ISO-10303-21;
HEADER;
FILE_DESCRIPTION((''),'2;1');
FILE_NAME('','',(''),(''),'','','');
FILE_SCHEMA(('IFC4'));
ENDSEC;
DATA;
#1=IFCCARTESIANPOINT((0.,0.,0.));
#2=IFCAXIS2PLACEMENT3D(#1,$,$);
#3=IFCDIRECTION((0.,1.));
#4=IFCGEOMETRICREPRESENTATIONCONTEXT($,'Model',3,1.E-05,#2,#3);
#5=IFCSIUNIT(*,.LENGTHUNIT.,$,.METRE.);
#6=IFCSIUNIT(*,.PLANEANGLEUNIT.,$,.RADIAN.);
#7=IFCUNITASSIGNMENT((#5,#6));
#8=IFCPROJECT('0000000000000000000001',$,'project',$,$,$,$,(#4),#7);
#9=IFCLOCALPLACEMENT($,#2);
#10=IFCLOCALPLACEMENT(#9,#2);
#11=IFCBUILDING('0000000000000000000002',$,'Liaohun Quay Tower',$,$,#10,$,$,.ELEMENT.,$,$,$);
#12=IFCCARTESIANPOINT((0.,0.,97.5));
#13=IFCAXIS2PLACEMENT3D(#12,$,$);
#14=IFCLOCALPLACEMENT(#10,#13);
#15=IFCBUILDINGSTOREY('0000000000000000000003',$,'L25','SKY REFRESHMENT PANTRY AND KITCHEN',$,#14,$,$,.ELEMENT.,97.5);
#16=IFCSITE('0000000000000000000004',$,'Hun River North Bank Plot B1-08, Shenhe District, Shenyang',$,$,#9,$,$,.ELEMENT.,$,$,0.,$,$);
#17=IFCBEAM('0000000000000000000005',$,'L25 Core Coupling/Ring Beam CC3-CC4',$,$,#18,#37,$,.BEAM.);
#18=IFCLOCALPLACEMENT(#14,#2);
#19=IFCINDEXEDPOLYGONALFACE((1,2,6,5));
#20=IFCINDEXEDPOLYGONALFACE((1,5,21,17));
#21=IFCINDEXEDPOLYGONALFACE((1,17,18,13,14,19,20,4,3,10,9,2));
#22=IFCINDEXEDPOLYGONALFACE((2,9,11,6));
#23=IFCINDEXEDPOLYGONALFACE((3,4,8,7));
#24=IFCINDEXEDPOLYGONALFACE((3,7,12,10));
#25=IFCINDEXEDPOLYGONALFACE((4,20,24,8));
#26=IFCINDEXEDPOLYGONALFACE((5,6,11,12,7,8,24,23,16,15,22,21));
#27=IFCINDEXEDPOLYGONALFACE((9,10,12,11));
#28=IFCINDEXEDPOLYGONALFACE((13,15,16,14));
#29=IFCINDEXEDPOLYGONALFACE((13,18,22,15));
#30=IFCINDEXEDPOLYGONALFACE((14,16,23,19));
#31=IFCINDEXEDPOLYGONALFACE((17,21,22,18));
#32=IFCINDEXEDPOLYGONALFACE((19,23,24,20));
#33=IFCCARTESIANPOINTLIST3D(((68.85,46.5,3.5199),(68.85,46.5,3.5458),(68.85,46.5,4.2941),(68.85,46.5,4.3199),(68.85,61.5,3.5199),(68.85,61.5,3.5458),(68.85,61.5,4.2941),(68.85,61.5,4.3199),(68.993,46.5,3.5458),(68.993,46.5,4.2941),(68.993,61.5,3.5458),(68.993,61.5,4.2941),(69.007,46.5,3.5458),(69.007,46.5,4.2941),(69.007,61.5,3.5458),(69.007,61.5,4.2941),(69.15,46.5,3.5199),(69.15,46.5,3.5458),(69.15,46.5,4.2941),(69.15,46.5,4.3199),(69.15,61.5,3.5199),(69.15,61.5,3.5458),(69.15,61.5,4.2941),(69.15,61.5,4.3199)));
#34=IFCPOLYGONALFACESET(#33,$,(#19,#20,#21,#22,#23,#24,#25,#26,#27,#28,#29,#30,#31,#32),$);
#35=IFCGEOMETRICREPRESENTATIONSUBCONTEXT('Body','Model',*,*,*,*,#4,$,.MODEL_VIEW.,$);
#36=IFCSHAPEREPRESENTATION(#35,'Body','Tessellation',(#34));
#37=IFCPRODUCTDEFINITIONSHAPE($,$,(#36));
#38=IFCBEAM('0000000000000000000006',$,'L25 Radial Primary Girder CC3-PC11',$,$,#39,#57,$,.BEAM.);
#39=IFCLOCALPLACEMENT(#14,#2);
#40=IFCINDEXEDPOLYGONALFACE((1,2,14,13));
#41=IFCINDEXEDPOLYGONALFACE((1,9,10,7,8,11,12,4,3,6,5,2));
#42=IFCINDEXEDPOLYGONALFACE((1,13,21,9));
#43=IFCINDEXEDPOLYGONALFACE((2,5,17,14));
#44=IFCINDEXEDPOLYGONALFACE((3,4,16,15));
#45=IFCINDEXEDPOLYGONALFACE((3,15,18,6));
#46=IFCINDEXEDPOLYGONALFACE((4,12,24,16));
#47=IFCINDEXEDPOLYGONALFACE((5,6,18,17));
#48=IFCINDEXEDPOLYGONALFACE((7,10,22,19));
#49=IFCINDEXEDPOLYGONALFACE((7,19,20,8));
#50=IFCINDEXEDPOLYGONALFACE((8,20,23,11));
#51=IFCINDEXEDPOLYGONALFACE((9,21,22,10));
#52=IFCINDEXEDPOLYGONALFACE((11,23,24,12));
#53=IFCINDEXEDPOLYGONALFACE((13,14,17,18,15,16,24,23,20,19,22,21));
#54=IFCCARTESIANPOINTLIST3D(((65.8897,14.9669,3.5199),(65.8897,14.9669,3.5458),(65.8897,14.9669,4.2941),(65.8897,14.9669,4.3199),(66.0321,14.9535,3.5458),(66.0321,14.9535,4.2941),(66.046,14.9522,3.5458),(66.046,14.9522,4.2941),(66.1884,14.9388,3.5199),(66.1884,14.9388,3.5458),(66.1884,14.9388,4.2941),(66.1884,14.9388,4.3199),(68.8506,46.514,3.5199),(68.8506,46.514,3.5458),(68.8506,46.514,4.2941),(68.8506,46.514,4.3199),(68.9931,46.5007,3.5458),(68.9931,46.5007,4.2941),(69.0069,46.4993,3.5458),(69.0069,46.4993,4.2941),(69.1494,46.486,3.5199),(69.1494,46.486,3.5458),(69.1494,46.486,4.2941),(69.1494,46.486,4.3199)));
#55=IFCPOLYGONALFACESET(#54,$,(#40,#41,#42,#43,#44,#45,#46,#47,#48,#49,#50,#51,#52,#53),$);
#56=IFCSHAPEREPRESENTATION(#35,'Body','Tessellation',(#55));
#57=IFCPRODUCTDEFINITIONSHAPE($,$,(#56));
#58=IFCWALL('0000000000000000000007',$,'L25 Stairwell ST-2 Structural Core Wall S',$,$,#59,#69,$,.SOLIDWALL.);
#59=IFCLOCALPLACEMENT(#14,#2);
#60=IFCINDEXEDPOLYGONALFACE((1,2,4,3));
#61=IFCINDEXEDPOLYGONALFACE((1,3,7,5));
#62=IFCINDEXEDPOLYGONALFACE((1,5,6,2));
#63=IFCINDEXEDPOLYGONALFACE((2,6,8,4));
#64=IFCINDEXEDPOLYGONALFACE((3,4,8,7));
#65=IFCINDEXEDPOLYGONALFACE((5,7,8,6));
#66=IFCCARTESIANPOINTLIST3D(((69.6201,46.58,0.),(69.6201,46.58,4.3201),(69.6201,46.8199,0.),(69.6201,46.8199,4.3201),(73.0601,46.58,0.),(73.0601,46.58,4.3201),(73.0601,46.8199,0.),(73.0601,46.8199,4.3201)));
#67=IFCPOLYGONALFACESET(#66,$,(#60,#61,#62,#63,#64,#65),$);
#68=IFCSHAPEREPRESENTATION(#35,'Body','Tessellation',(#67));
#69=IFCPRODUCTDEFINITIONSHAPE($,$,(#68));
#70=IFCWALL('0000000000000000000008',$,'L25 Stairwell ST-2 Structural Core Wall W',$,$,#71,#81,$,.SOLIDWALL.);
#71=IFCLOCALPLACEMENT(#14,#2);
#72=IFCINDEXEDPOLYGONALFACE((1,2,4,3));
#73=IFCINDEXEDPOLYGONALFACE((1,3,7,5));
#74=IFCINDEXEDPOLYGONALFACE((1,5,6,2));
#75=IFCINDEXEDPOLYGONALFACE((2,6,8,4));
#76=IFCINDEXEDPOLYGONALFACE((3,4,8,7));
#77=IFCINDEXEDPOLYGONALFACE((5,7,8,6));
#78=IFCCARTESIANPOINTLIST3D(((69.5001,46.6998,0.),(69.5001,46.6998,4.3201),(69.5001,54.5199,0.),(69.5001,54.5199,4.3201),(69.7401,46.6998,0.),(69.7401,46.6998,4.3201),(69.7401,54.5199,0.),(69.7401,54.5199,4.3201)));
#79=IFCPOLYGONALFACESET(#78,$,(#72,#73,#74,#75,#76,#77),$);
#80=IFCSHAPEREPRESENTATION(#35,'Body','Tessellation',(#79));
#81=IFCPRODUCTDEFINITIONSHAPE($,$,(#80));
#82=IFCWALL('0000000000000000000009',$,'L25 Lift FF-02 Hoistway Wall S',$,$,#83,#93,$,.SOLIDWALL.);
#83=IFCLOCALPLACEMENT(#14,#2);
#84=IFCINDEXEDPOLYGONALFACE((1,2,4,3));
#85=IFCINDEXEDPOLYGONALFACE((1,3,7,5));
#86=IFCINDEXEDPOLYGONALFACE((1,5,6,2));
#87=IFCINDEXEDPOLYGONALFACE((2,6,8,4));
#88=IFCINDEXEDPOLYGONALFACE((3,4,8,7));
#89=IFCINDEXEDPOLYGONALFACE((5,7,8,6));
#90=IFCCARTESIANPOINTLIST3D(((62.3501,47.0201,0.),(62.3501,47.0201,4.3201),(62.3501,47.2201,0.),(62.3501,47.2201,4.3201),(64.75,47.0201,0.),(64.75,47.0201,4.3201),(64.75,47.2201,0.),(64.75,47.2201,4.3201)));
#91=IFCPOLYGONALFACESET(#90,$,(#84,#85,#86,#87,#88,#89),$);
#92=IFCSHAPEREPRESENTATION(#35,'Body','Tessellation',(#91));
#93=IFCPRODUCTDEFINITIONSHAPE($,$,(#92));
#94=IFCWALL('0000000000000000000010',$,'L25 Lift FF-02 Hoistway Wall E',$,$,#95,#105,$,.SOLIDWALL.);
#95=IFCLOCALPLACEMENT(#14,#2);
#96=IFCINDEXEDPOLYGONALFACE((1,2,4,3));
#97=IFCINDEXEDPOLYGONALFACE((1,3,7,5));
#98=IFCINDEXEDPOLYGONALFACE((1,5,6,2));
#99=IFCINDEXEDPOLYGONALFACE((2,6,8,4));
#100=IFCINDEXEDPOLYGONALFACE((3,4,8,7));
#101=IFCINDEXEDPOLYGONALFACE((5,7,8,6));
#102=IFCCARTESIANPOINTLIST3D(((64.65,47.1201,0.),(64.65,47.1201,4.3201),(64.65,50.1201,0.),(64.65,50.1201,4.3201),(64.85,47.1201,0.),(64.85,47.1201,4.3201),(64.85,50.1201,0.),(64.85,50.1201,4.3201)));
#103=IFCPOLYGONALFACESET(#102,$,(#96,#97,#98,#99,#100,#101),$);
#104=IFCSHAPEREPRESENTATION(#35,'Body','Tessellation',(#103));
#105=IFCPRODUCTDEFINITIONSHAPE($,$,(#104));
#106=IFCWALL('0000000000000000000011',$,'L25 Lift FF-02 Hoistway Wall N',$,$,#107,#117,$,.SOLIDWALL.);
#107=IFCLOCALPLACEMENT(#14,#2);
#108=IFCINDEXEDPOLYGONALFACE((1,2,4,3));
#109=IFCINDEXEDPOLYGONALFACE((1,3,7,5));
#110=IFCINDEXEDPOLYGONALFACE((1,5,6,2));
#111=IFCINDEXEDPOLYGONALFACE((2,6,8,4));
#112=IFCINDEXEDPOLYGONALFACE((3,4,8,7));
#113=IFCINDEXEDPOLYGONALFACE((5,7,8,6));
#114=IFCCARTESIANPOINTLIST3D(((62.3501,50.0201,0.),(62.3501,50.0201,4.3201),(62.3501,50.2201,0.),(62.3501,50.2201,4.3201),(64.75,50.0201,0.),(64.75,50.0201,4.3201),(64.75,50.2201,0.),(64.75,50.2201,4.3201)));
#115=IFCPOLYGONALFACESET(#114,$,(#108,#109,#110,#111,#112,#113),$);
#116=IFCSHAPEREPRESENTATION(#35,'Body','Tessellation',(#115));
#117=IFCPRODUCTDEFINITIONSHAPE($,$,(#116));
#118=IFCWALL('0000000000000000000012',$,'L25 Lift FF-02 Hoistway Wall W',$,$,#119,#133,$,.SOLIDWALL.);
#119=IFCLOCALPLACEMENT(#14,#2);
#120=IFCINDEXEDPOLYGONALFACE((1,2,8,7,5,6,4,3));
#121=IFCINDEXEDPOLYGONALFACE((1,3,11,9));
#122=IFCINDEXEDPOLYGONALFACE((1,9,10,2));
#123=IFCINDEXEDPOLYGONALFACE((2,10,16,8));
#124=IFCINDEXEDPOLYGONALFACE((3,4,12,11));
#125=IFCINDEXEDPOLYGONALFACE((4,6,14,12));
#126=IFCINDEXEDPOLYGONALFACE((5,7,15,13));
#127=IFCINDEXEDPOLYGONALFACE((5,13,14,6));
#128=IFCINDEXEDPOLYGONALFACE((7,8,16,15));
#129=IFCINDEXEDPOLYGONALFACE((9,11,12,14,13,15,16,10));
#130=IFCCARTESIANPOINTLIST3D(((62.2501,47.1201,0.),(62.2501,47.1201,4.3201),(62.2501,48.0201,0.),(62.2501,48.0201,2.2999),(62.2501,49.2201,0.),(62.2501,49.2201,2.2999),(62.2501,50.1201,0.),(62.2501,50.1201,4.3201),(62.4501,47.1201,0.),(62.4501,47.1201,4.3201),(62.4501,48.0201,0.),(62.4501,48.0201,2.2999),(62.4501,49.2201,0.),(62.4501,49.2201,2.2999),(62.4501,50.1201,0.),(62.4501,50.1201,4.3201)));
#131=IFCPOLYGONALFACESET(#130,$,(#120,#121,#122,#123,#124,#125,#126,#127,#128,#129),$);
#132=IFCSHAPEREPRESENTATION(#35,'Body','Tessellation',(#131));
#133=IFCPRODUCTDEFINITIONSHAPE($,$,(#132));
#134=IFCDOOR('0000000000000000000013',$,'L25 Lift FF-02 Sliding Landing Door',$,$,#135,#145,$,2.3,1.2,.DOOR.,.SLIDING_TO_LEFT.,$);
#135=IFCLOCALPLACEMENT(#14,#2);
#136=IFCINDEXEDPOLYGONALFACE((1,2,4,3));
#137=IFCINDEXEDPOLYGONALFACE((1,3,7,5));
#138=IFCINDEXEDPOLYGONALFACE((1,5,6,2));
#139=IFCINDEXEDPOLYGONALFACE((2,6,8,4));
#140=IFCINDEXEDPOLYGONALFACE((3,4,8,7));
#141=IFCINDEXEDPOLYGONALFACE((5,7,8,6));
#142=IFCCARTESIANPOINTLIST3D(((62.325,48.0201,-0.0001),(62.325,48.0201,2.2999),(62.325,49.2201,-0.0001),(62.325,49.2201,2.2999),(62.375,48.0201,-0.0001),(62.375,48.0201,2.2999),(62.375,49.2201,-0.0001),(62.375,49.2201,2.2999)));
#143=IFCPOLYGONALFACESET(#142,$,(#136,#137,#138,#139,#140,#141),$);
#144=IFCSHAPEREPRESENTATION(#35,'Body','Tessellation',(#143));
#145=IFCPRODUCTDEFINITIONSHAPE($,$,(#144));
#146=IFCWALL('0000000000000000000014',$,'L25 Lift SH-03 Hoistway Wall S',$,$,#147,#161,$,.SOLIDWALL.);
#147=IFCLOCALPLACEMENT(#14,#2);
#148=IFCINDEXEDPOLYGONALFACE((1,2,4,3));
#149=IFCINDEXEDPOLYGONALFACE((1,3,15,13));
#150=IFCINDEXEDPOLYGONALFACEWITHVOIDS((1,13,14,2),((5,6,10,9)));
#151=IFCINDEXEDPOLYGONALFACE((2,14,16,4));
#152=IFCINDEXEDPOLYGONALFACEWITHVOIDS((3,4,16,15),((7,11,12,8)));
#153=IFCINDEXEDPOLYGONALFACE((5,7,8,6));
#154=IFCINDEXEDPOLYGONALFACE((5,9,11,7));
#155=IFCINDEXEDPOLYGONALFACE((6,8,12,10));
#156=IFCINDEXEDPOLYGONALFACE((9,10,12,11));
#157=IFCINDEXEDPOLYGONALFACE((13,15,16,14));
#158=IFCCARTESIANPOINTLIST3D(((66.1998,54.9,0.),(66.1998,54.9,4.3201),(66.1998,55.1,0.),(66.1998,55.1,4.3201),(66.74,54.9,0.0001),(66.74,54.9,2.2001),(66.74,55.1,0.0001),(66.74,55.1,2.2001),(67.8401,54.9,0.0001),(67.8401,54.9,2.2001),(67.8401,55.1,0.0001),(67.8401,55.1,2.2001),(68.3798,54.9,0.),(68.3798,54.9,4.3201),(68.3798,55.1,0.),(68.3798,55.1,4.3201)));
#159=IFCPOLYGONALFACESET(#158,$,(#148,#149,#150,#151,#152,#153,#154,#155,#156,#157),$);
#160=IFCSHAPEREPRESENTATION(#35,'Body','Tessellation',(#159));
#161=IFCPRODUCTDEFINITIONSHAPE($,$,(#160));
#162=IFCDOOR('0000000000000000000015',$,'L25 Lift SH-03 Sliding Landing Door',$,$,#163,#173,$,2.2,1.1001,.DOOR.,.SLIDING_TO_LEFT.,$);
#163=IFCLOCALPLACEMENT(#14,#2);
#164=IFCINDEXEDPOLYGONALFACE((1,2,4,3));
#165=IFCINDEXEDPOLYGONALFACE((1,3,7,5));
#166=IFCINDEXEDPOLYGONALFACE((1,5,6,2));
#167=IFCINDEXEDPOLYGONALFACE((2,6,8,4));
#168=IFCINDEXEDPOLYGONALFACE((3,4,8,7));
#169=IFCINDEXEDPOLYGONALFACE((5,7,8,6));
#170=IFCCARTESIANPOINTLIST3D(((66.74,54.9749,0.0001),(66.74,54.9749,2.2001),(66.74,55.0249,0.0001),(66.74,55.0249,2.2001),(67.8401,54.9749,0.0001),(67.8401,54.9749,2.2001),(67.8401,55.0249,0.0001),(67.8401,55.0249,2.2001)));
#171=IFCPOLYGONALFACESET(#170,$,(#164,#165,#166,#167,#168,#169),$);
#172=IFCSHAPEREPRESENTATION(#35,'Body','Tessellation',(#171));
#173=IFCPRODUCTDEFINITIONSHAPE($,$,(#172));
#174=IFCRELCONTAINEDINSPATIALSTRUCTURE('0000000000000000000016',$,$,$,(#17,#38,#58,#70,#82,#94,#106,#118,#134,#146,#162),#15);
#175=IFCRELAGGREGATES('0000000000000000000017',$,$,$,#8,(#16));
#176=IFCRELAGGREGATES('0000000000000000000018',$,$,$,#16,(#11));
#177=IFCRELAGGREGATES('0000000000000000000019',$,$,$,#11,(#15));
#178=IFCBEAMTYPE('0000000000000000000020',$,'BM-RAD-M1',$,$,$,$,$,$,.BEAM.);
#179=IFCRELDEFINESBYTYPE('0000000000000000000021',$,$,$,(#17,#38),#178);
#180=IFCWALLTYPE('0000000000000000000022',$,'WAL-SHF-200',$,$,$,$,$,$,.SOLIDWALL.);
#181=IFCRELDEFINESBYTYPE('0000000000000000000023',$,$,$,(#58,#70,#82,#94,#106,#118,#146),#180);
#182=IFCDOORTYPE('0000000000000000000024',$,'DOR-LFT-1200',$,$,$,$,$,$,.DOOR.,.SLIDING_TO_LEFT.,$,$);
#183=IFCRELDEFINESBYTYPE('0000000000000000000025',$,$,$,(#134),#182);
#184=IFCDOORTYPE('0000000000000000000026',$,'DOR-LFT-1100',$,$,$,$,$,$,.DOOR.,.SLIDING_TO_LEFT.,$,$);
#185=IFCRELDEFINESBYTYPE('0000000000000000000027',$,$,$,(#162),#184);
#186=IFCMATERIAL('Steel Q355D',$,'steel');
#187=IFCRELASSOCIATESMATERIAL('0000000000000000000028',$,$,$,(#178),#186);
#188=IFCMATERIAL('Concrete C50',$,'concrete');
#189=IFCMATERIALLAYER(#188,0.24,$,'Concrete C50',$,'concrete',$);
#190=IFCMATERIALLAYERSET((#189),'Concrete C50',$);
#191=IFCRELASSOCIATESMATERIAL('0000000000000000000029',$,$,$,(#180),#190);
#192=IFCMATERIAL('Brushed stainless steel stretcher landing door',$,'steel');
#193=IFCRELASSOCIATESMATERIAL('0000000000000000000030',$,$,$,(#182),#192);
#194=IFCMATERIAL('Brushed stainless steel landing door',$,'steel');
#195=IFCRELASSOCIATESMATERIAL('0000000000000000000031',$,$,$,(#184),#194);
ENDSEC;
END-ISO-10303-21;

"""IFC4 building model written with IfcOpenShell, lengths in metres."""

from ifc_helpers import new_model, si_unit, direction, frame, frame_2d, origin, origin_2d, place, context, subcontext, project, spatial, rectangle, i_section, extrude, source, transform, mapped, material, layer, layer_set, material_profile, profile_set, type_object, element, fill, save


model = new_model("IFC4")

# Units and contexts
model_context = context("Model", 3, precision=1e-05, world=origin(), true_north=direction((0.0, 1.0)))
body_context = subcontext(model_context, "Body", "Model", "MODEL_VIEW")
ifc_project = project(units=[si_unit("LENGTHUNIT", "METRE"), si_unit("PLANEANGLEUNIT", "RADIAN")], contexts=[model_context])

# Site, building, storey
site_placement = place(None, origin())
site = spatial("IfcSite", under=ifc_project, at=site_placement, Name="Hun River North Bank Plot B1-08, Shenhe District, Shenyang", CompositionType="ELEMENT", RefElevation=0.0)
building_placement = place(site_placement, origin())
building = spatial("IfcBuilding", under=site, at=building_placement, Name="Liaohun Quay Tower", CompositionType="ELEMENT")
storey_placement = place(building_placement, frame((0.0, 0.0, 97.5)))
storey = spatial("IfcBuildingStorey", under=building, at=storey_placement, Name="L25", Description="SKY REFRESHMENT PANTRY AND KITCHEN", CompositionType="ELEMENT", Elevation=97.5)

# Beams
ifc_material_1 = material(Name="Steel Q355D", Category="steel")
ifc_material_profile = material_profile(ifc_material_1, i_section(OverallWidth=0.3, OverallDepth=0.8, WebThickness=0.0139, FlangeThickness=0.0259, at=origin_2d()), Name="HN800x300x14x26")
ifc_profile_set = profile_set([ifc_material_profile], Name="Steel Q355D")
beam_type = type_object("IfcBeamType", Name="BM-RAD-M1", PredefinedType="BEAM", material=ifc_profile_set)
shared_shape_1 = source(origin(), body_context, "Body", "SweptSolid", [
    extrude(i_section(OverallWidth=0.3, OverallDepth=0.8, WebThickness=0.0139, FlangeThickness=0.0259, at=origin_2d()), origin(), (0.0, 0.0, 1.0), 15.0),
])
beam_1_placement = place(storey_placement, frame((69.0, 46.5, 3.9199), z_axis=(0.0, 1.0, 0.0), x_axis=(-1.0, 0.0, 0.0)))
element("IfcBeam", 1, at=beam_1_placement, inside=storey, type_object=beam_type, Name="L25 Core Coupling/Ring Beam CC3-CC4", PredefinedType="BEAM", context=body_context, shape_type="MappedRepresentation", body=[
    mapped(shared_shape_1, transform((0.0, 0.0, 0.0), x_axis=(1.0, 0.0, 0.0), y_axis=(0.0, 1.0, 0.0), z_axis=(0.0, 0.0, 1.0), scale=1.0)),
])
shared_shape_2 = source(origin(), body_context, "Body", "SweptSolid", [
    extrude(i_section(OverallWidth=0.3, OverallDepth=0.8, WebThickness=0.0139, FlangeThickness=0.0259, at=origin_2d()), origin(), (0.0, 0.0, 1.0), 31.6858),
])
beam_2_placement = place(storey_placement, frame((69.0, 46.5, 3.9199), z_axis=(-0.093447, -0.995624, 0.0), x_axis=(0.995624, -0.093447, 0.0)))
element("IfcBeam", 2, at=beam_2_placement, inside=storey, type_object=beam_type, Name="L25 Radial Primary Girder CC3-PC11", PredefinedType="BEAM", context=body_context, shape_type="MappedRepresentation", body=[
    mapped(shared_shape_2, transform((0.0, 0.0, 0.0), x_axis=(1.0, 0.0, 0.0), y_axis=(0.0, 1.0, 0.0), z_axis=(0.0, 0.0, 1.0), scale=1.0)),
])

# Walls
ifc_material_2 = material(Name="Concrete C50", Category="concrete")
ifc_layer = layer(ifc_material_2, 0.24, Name="Concrete C50", Category="concrete")
ifc_layer_set = layer_set([ifc_layer], Name="Concrete C50")
wall_type = type_object("IfcWallType", Name="WAL-SHF-200", PredefinedType="SOLIDWALL", material=ifc_layer_set)
wall_1_placement = place(storey_placement, frame((69.6201, 46.7, 0.0), z_axis=(0.0, 0.0, 1.0), x_axis=(1.0, 0.0, 0.0)))
element("IfcWall", 3, at=wall_1_placement, inside=storey, type_object=wall_type, Name="L25 Stairwell ST-2 Structural Core Wall S", PredefinedType="SOLIDWALL", context=body_context, shape_type="SweptSolid", body=[
    extrude(rectangle(XDim=3.4399, YDim=0.24, at=frame_2d((1.72, 0.0))), origin(), (0.0, 0.0, 1.0), 4.3201),
])
wall_2_placement = place(storey_placement, frame((69.6201, 54.52, 0.0), z_axis=(0.0, 0.0, 1.0), x_axis=(0.0, -1.0, 0.0)))
element("IfcWall", 4, at=wall_2_placement, inside=storey, type_object=wall_type, Name="L25 Stairwell ST-2 Structural Core Wall W", PredefinedType="SOLIDWALL", context=body_context, shape_type="SweptSolid", body=[
    extrude(rectangle(XDim=7.8201, YDim=0.24, at=frame_2d((3.9102, 0.0))), origin(), (0.0, 0.0, 1.0), 4.3201),
])
wall_3_placement = place(storey_placement, frame((62.3501, 47.1201, 0.0), z_axis=(0.0, 0.0, 1.0), x_axis=(1.0, 0.0, 0.0)))
element("IfcWall", 5, at=wall_3_placement, inside=storey, type_object=wall_type, Name="L25 Lift FF-02 Hoistway Wall S", PredefinedType="SOLIDWALL", context=body_context, shape_type="SweptSolid", body=[
    extrude(rectangle(XDim=2.3999, YDim=0.2, at=frame_2d((1.2, 0.0))), origin(), (0.0, 0.0, 1.0), 4.3201),
])
wall_4_placement = place(storey_placement, frame((64.75, 47.1201, 0.0), z_axis=(0.0, 0.0, 1.0), x_axis=(0.0, 1.0, 0.0)))
element("IfcWall", 6, at=wall_4_placement, inside=storey, type_object=wall_type, Name="L25 Lift FF-02 Hoistway Wall E", PredefinedType="SOLIDWALL", context=body_context, shape_type="SweptSolid", body=[
    extrude(rectangle(XDim=3.0, YDim=0.2, at=frame_2d((1.5, 0.0))), origin(), (0.0, 0.0, 1.0), 4.3201),
])
wall_5_placement = place(storey_placement, frame((64.75, 50.1201, 0.0), z_axis=(0.0, 0.0, 1.0), x_axis=(-1.0, 0.0, 0.0)))
element("IfcWall", 7, at=wall_5_placement, inside=storey, type_object=wall_type, Name="L25 Lift FF-02 Hoistway Wall N", PredefinedType="SOLIDWALL", context=body_context, shape_type="SweptSolid", body=[
    extrude(rectangle(XDim=2.3999, YDim=0.2, at=frame_2d((1.2, 0.0))), origin(), (0.0, 0.0, 1.0), 4.3201),
])

# Walls, openings, doors
wall_6_placement = place(storey_placement, frame((62.3501, 50.1201, 0.0), z_axis=(0.0, 0.0, 1.0), x_axis=(0.0, -1.0, 0.0)))
wall_6 = element("IfcWall", 8, at=wall_6_placement, inside=storey, type_object=wall_type, Name="L25 Lift FF-02 Hoistway Wall W", PredefinedType="SOLIDWALL", context=body_context, shape_type="SweptSolid", body=[
    extrude(rectangle(XDim=3.0, YDim=0.2, at=frame_2d((1.5, 0.0))), origin(), (0.0, 0.0, 1.0), 4.3201),
])
shared_shape_3 = source(origin(), body_context, "Body", "SweptSolid", [
    extrude(rectangle(XDim=1.2, YDim=2.3, at=frame_2d((0.6001, 1.1499))), frame((0.0, 0.1099, 0.0), z_axis=(0.0, -1.0, 0.0), x_axis=(1.0, 0.0, 0.0)), (0.0, 0.0, 1.0), 0.22),
])
opening_1_placement = place(wall_6_placement, frame((0.8999, 0.0, 0.0)))
opening_1 = element("IfcOpeningElement", 9, at=opening_1_placement, cuts=wall_6, PredefinedType="OPENING", context=body_context, shape_type="MappedRepresentation", body=[
    mapped(shared_shape_3, transform((0.0, 0.0, 0.0), x_axis=(1.0, 0.0, 0.0), y_axis=(0.0, 1.0, 0.0), z_axis=(0.0, 0.0, 1.0), scale=1.0)),
])
ifc_material_3 = material(Name="Brushed stainless steel stretcher landing door", Category="steel")
door_type_1 = type_object("IfcDoorType", Name="DOR-LFT-1200", OperationType="SLIDING_TO_LEFT", PredefinedType="DOOR", material=ifc_material_3)
shared_shape_4 = source(origin(), body_context, "Body", "SweptSolid", [
    extrude(rectangle(XDim=1.2, YDim=2.3, at=frame_2d((0.6001, 1.1499))), frame((0.0, 0.0249, 0.0), z_axis=(0.0, -1.0, 0.0), x_axis=(1.0, 0.0, 0.0)), (0.0, 0.0, 1.0), 0.05),
])
door_1_placement = place(opening_1_placement, origin())
door_1 = element("IfcDoor", 10, at=door_1_placement, inside=storey, type_object=door_type_1, Name="L25 Lift FF-02 Sliding Landing Door", OperationType="SLIDING_TO_LEFT", OverallHeight=2.3, OverallWidth=1.2, PredefinedType="DOOR", context=body_context, shape_type="MappedRepresentation", body=[
    mapped(shared_shape_4, transform((0.0, 0.0, 0.0), x_axis=(1.0, 0.0, 0.0), y_axis=(0.0, 1.0, 0.0), z_axis=(0.0, 0.0, 1.0), scale=1.0)),
])
fill(opening_1, door_1)
wall_7_placement = place(storey_placement, frame((66.2, 55.0, 0.0), z_axis=(0.0, 0.0, 1.0), x_axis=(1.0, 0.0, 0.0)))
wall_7 = element("IfcWall", 11, at=wall_7_placement, inside=storey, type_object=wall_type, Name="L25 Lift SH-03 Hoistway Wall S", PredefinedType="SOLIDWALL", context=body_context, shape_type="SweptSolid", body=[
    extrude(rectangle(XDim=2.1799, YDim=0.2, at=frame_2d((1.0898, 0.0))), origin(), (0.0, 0.0, 1.0), 4.3201),
])
shared_shape_5 = source(origin(), body_context, "Body", "SweptSolid", [
    extrude(rectangle(XDim=1.1001, YDim=2.2, at=frame_2d((0.55, 1.1001))), frame((0.0, 0.1099, 0.0), z_axis=(0.0, -1.0, 0.0), x_axis=(1.0, 0.0, 0.0)), (0.0, 0.0, 1.0), 0.22),
])
opening_2_placement = place(wall_7_placement, frame((0.54, 0.0, 0.0)))
opening_2 = element("IfcOpeningElement", 12, at=opening_2_placement, cuts=wall_7, PredefinedType="OPENING", context=body_context, shape_type="MappedRepresentation", body=[
    mapped(shared_shape_5, transform((0.0, 0.0, 0.0), x_axis=(1.0, 0.0, 0.0), y_axis=(0.0, 1.0, 0.0), z_axis=(0.0, 0.0, 1.0), scale=1.0)),
])
ifc_material_4 = material(Name="Brushed stainless steel landing door", Category="steel")
door_type_2 = type_object("IfcDoorType", Name="DOR-LFT-1100", OperationType="SLIDING_TO_LEFT", PredefinedType="DOOR", material=ifc_material_4)
shared_shape_6 = source(origin(), body_context, "Body", "SweptSolid", [
    extrude(rectangle(XDim=1.1001, YDim=2.2, at=frame_2d((0.55, 1.1001))), frame((0.0, 0.0249, 0.0), z_axis=(0.0, -1.0, 0.0), x_axis=(1.0, 0.0, 0.0)), (0.0, 0.0, 1.0), 0.05),
])
door_2_placement = place(opening_2_placement, origin())
door_2 = element("IfcDoor", 13, at=door_2_placement, inside=storey, type_object=door_type_2, Name="L25 Lift SH-03 Sliding Landing Door", OperationType="SLIDING_TO_LEFT", OverallHeight=2.2, OverallWidth=1.1001, PredefinedType="DOOR", context=body_context, shape_type="MappedRepresentation", body=[
    mapped(shared_shape_6, transform((0.0, 0.0, 0.0), x_axis=(1.0, 0.0, 0.0), y_axis=(0.0, 1.0, 0.0), z_axis=(0.0, 0.0, 1.0), scale=1.0)),
])
fill(opening_2, door_2)

save(model, "model.ifc")
